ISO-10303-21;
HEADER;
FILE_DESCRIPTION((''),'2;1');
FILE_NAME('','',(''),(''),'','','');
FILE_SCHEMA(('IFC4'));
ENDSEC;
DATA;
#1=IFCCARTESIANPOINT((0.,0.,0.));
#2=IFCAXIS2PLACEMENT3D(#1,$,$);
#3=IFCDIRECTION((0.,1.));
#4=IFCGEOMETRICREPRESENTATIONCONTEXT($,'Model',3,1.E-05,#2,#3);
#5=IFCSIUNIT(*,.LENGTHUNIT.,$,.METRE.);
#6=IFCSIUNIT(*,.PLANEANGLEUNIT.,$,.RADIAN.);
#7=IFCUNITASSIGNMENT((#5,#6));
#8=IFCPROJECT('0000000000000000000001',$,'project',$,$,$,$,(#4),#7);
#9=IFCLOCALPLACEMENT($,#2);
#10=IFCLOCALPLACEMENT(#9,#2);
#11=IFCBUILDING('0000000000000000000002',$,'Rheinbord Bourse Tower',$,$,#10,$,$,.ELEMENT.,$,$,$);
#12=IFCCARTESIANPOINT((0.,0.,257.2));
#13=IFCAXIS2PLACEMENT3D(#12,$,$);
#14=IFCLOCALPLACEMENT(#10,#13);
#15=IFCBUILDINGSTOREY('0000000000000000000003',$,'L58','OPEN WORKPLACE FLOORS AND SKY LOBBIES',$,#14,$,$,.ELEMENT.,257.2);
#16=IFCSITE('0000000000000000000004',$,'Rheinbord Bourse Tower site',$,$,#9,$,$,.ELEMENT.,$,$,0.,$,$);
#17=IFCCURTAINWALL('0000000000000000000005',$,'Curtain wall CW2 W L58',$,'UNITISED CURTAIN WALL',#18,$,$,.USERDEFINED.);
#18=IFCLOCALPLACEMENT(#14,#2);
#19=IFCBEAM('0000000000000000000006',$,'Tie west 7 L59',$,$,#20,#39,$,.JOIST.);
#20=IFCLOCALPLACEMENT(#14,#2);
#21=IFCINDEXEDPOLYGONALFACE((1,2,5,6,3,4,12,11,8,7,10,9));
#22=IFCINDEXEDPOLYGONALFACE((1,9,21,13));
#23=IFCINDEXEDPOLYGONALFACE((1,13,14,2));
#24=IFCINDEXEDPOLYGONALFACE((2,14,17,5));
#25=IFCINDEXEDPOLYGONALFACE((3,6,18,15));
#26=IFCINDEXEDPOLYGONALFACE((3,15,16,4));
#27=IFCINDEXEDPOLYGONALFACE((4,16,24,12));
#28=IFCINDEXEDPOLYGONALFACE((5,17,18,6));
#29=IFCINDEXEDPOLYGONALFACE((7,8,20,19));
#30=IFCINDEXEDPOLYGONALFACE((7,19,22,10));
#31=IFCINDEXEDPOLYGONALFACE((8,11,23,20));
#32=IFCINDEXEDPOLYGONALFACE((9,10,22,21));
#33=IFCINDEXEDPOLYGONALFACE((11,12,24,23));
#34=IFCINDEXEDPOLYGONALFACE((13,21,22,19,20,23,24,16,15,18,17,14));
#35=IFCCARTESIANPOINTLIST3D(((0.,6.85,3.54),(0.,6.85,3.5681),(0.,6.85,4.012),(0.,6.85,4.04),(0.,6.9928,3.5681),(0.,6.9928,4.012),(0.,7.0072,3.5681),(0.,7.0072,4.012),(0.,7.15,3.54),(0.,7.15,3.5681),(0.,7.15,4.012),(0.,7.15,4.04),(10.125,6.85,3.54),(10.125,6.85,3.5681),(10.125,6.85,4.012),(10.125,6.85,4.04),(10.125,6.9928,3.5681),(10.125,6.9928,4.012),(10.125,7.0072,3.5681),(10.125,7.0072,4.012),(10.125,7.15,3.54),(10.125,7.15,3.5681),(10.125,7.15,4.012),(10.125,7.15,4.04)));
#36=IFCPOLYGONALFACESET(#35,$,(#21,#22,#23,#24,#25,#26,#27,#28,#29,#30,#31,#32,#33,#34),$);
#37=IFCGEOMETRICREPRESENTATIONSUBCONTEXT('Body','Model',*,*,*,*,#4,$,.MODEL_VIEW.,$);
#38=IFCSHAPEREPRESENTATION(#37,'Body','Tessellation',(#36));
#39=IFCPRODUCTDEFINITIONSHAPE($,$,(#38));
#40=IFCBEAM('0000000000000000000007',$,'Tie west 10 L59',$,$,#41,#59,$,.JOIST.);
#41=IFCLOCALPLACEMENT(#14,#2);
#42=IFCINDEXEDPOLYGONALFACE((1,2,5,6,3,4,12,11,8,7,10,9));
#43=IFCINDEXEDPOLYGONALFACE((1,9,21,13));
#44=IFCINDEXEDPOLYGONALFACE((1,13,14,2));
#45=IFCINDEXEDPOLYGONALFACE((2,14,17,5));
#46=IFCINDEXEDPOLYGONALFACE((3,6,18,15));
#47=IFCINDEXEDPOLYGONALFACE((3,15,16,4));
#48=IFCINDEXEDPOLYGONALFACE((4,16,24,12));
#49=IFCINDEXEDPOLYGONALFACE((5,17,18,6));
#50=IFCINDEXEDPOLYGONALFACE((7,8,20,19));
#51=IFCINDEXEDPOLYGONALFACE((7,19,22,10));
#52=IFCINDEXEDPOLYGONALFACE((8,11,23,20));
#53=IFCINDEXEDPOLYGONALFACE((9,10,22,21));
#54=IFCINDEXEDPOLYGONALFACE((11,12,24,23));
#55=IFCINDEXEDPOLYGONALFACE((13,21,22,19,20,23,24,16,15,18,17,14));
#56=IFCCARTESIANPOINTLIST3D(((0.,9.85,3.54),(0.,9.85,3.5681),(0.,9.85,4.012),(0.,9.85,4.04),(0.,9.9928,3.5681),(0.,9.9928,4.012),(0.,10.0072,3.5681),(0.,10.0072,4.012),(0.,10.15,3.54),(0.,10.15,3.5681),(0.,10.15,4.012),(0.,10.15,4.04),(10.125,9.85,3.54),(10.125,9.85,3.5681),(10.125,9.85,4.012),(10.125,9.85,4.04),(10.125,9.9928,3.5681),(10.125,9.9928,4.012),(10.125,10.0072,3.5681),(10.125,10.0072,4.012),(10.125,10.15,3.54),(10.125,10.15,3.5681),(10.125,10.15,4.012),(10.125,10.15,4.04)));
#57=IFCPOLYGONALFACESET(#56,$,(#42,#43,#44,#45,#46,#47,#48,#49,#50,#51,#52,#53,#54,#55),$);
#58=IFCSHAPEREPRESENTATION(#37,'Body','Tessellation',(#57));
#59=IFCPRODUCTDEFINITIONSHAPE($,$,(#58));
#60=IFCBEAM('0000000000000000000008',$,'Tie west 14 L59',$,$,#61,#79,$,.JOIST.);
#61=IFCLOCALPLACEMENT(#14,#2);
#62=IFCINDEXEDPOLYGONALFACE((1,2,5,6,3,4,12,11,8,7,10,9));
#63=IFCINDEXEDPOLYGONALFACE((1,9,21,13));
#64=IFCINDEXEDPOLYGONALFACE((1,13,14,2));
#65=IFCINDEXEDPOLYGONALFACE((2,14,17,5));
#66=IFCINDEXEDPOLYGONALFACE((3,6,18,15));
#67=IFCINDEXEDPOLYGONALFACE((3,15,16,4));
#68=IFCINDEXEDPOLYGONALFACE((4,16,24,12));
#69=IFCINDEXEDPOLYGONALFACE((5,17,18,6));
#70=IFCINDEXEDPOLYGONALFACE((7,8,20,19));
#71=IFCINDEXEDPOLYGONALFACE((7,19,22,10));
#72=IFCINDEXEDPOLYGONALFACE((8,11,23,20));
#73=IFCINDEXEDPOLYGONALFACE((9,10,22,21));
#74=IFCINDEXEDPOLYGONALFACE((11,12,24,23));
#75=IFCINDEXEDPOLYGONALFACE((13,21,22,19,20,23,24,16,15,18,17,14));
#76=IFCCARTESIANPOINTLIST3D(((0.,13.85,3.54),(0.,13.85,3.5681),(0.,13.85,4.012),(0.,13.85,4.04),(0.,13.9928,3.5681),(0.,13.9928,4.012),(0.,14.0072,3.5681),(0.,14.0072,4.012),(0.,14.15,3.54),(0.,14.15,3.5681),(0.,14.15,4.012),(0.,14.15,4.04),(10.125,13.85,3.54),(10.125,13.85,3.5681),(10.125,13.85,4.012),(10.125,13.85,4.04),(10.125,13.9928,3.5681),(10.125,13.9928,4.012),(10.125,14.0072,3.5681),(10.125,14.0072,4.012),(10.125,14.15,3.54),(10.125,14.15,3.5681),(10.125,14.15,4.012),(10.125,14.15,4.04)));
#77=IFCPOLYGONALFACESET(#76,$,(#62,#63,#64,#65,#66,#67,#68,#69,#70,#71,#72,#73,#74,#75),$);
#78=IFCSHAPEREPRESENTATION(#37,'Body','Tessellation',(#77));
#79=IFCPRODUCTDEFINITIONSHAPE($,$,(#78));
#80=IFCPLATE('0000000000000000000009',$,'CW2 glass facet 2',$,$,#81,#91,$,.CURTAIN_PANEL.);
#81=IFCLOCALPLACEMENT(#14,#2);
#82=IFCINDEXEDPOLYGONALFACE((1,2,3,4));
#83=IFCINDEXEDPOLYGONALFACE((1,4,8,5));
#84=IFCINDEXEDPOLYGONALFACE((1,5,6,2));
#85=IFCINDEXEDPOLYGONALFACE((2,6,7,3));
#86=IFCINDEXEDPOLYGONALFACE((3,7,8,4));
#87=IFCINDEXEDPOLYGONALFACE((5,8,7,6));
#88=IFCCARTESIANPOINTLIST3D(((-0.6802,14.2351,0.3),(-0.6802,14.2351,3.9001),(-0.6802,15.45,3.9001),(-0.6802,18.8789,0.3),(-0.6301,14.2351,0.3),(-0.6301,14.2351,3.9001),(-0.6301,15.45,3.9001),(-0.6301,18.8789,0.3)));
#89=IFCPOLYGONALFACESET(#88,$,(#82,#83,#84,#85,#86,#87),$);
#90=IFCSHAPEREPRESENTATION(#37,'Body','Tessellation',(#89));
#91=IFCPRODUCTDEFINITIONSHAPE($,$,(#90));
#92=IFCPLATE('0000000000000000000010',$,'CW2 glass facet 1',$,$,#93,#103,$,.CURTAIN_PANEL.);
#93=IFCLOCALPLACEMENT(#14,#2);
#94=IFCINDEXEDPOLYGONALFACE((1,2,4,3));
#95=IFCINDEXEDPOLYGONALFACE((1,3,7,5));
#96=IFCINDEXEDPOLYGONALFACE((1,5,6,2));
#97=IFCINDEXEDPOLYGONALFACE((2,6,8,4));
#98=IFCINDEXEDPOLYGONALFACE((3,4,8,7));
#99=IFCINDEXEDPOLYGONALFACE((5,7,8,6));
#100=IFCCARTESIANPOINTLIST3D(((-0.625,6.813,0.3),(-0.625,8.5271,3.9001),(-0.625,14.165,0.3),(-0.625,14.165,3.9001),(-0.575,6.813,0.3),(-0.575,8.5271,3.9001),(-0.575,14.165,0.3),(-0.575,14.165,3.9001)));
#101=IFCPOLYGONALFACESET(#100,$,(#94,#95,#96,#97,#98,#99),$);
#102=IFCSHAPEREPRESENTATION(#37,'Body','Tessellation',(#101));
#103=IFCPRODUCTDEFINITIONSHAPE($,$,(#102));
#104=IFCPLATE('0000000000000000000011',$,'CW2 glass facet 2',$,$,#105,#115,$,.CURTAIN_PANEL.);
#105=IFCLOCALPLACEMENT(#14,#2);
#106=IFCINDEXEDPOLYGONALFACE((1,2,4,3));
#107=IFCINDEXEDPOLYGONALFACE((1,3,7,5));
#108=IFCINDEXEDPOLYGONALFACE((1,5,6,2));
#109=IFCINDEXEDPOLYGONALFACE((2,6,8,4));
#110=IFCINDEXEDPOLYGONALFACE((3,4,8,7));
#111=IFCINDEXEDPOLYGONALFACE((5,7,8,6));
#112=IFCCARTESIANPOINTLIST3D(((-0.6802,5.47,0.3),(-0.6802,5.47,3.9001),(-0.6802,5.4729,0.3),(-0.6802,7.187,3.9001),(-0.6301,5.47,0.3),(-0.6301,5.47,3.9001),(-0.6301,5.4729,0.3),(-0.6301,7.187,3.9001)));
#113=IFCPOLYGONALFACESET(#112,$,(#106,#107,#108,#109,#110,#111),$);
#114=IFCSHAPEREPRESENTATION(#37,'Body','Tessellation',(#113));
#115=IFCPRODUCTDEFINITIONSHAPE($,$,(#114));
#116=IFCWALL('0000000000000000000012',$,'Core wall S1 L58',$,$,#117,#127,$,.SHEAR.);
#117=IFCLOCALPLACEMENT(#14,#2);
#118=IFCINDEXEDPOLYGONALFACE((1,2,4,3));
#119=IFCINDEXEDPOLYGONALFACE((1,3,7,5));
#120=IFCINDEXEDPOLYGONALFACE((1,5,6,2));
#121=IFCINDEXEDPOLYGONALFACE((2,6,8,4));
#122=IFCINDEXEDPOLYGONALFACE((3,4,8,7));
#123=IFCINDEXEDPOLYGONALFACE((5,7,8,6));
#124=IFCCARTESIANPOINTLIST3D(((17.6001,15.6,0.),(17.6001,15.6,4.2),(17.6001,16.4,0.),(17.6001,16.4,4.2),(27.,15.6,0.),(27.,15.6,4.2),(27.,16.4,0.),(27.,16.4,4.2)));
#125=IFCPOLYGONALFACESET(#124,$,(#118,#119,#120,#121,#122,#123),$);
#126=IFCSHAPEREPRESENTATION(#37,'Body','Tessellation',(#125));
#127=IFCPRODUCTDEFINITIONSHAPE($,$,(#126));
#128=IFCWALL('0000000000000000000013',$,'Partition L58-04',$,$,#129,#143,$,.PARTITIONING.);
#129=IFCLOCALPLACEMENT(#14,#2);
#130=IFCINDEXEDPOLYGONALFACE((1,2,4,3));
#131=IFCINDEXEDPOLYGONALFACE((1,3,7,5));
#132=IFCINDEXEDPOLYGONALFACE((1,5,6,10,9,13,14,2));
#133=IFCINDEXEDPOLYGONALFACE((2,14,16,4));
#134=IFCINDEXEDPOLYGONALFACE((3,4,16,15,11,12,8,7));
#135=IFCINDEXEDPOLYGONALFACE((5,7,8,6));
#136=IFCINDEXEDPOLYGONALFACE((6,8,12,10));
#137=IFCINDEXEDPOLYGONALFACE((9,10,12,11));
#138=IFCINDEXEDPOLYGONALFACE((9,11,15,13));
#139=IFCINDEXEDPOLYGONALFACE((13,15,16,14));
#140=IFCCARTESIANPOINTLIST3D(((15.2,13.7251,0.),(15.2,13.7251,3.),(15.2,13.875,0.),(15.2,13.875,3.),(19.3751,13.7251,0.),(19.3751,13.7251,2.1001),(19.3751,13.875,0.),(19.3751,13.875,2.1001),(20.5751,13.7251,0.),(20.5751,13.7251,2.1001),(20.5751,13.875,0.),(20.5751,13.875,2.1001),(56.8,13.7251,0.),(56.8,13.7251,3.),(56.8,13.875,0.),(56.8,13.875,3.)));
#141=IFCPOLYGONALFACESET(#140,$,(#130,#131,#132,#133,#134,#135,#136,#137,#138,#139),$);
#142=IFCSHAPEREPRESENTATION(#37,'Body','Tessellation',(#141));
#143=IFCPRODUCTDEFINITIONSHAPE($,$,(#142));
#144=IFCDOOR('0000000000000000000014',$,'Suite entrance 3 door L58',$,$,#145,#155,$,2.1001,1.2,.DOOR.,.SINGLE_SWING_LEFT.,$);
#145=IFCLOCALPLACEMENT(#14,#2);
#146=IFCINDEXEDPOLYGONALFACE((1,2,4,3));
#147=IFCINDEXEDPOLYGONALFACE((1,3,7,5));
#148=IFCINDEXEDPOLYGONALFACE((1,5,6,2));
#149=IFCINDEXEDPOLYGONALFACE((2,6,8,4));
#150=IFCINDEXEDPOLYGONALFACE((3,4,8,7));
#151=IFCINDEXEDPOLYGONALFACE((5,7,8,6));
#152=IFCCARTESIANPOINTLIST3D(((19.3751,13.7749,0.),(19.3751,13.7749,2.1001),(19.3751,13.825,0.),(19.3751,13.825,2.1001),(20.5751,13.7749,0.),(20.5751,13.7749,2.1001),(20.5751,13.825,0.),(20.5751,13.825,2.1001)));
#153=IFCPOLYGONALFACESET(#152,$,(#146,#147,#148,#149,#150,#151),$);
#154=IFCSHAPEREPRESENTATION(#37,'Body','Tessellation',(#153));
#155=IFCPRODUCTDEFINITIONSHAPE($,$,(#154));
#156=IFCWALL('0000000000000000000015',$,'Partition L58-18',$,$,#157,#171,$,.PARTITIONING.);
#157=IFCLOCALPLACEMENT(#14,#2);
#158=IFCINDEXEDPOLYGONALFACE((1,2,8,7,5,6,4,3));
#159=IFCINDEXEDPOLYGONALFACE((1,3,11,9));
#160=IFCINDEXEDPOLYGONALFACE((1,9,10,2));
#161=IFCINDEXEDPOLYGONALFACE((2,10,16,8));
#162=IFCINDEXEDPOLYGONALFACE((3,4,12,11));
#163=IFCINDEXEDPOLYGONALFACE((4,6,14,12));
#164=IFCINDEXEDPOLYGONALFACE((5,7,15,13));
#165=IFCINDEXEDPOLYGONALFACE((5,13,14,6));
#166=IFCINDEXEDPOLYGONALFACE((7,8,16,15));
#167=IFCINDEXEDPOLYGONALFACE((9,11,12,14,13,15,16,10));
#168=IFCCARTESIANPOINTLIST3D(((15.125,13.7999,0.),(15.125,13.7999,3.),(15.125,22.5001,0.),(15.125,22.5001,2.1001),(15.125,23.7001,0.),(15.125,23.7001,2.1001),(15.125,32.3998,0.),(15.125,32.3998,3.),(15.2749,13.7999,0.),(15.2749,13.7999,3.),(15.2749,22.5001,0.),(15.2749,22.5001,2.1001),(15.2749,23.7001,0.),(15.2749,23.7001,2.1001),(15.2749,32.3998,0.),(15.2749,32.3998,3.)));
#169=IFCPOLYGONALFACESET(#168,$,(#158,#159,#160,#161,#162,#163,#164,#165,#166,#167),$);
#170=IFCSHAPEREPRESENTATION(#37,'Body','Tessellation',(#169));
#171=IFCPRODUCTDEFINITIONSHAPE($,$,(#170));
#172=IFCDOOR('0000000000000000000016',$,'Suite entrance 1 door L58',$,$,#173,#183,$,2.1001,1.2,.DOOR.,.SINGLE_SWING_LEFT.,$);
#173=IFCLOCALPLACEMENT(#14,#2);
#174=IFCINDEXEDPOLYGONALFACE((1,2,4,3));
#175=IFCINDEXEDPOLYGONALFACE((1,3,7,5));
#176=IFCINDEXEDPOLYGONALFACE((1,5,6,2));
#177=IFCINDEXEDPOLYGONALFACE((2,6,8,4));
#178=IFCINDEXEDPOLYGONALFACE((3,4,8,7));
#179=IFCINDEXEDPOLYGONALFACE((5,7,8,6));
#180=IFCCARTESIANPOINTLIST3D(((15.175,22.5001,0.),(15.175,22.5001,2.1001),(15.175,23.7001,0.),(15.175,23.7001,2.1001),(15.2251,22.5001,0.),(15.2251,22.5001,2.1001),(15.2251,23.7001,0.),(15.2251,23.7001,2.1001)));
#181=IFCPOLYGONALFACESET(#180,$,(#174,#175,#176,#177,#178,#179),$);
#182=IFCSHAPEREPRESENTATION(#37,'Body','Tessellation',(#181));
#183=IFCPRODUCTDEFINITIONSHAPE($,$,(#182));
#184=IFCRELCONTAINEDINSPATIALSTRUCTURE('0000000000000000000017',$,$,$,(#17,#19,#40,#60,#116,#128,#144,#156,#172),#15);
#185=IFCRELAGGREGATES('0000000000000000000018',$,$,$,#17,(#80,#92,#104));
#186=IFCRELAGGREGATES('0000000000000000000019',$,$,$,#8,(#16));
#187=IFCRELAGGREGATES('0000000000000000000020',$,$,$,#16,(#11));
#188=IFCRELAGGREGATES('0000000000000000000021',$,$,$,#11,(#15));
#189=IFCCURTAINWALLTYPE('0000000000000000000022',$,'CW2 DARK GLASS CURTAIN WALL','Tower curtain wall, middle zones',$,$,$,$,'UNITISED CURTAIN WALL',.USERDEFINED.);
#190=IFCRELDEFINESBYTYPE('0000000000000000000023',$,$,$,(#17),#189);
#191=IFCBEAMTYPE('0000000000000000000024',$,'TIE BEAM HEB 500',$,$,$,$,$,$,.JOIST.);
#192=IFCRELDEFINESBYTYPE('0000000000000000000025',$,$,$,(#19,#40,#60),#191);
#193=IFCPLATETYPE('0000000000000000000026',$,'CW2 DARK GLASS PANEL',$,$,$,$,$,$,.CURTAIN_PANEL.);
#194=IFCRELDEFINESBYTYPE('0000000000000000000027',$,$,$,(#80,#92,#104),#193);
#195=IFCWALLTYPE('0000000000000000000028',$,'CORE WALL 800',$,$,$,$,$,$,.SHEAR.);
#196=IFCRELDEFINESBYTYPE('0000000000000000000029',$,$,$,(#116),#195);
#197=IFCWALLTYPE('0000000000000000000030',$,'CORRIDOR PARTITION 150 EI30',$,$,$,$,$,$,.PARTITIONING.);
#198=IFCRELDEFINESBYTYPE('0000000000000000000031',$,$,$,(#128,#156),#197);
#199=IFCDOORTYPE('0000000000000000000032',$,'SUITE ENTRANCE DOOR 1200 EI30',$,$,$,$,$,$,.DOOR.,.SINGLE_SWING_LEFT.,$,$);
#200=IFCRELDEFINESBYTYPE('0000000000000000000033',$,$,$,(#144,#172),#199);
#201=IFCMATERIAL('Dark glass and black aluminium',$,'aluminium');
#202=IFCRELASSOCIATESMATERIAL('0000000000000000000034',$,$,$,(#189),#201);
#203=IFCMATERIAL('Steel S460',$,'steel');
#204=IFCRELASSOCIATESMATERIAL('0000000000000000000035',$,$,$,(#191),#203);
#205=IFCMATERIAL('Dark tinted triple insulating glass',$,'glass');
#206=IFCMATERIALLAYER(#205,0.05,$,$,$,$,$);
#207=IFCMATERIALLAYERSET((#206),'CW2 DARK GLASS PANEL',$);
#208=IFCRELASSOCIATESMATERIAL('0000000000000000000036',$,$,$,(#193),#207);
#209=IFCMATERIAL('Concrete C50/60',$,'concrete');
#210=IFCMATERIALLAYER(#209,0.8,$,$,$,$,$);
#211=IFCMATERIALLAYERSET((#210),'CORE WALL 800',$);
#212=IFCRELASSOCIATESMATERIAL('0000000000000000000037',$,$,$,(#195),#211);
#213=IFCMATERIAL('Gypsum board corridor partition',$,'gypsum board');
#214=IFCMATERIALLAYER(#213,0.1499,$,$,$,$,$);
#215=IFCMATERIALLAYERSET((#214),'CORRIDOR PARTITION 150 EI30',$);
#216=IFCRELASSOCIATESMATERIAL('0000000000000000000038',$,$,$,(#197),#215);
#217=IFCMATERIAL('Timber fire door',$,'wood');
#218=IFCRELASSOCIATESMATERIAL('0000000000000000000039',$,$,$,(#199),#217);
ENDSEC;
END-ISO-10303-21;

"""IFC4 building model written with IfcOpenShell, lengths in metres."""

from ifc_helpers import new_model, si_unit, direction, frame, frame_2d, origin, origin_2d, place, context, subcontext, project, spatial, polyline, rectangle, i_section, outline, extrude, material, layer, layer_set, material_profile, profile_set, type_object, element, fill, aggregate, save


model = new_model("IFC4")

# Units and contexts
model_context = context("Model", 3, precision=1e-05, world=origin(), true_north=direction((0.0, 1.0)))
body_context = subcontext(model_context, "Body", "Model", "MODEL_VIEW")
ifc_project = project(units=[si_unit("LENGTHUNIT", "METRE"), si_unit("PLANEANGLEUNIT", "RADIAN")], contexts=[model_context])

# Site, building, storey
site_placement = place(None, origin())
site = spatial("IfcSite", under=ifc_project, at=site_placement, Name="Rheinbord Bourse Tower site", CompositionType="ELEMENT", RefElevation=0.0)
building_placement = place(site_placement, origin())
building = spatial("IfcBuilding", under=site, at=building_placement, Name="Rheinbord Bourse Tower", CompositionType="ELEMENT")
storey_placement = place(building_placement, frame((0.0, 0.0, 257.2)))
storey = spatial("IfcBuildingStorey", under=building, at=storey_placement, Name="L58", Description="OPEN WORKPLACE FLOORS AND SKY LOBBIES", CompositionType="ELEMENT", Elevation=257.2)

# Curtain wall
ifc_material_1 = material(Name="Dark glass and black aluminium", Category="aluminium")
curtain_wall_type = type_object("IfcCurtainWallType", Name="CW2 DARK GLASS CURTAIN WALL", Description="Tower curtain wall, middle zones", ElementType="UNITISED CURTAIN WALL", PredefinedType="USERDEFINED", material=ifc_material_1)
curtain_wall_placement = place(storey_placement, origin())
curtain_wall = element("IfcCurtainWall", 1, at=curtain_wall_placement, inside=storey, type_object=curtain_wall_type, Name="Curtain wall CW2 W L58", ObjectType="UNITISED CURTAIN WALL", PredefinedType="USERDEFINED")

# Beams
ifc_material_2 = material(Name="Steel S460", Category="steel")
ifc_material_profile_1 = material_profile(ifc_material_2, i_section(OverallWidth=0.3, OverallDepth=0.5, WebThickness=0.0144, FlangeThickness=0.0281, at=origin_2d()), Name="HEB 500")
ifc_profile_set_1 = profile_set([ifc_material_profile_1], Name="Steel S460")
beam_type_1 = type_object("IfcBeamType", Name="TIE BEAM HEB 500", PredefinedType="JOIST", material=ifc_profile_set_1)
for number, where, z_axis, x_axis, name in (
    (2, (0.0, 7.0, 3.79), (1.0, 0.0, 0.0), (0.0, 1.0, 0.0), "Tie west 7 L59"),
    (3, (0.0, 10.0, 3.79), (1.0, 0.0, 0.0), (0.0, 1.0, 0.0), "Tie west 10 L59"),
    (4, (0.0, 14.0, 3.79), (1.0, 0.0, 0.0), (0.0, 1.0, 0.0), "Tie west 14 L59"),
):
    element("IfcBeam", number, at=place(storey_placement, frame(where, z_axis=z_axis, x_axis=x_axis)), inside=storey, type_object=beam_type_1, Name=name, PredefinedType="JOIST", context=body_context, shape_type="SweptSolid", body=[
        extrude(i_section(OverallWidth=0.3, OverallDepth=0.5, WebThickness=0.0144, FlangeThickness=0.0281, at=origin_2d()), origin(), (0.0, 0.0, 1.0), 10.125),
    ])

# Plates
ifc_material_3 = material(Name="Dark tinted triple insulating glass", Category="glass")
ifc_layer_1 = layer(ifc_material_3, 0.05)
ifc_layer_set_1 = layer_set([ifc_layer_1], Name="CW2 DARK GLASS PANEL")
plate_type = type_object("IfcPlateType", Name="CW2 DARK GLASS PANEL", PredefinedType="CURTAIN_PANEL", material=ifc_layer_set_1)
plate_1_placement = place(storey_placement, frame((-0.6802, 14.2351, 3.9001), z_axis=(1.0, 0.0, 0.0), x_axis=(0.0, 0.0, -1.0)))
plate_1 = element("IfcPlate", 5, at=plate_1_placement, type_object=plate_type, Name="CW2 glass facet 2", PredefinedType="CURTAIN_PANEL", context=body_context, shape_type="SweptSolid", body=[
    extrude(outline(polyline([(0.0, 0.0), (3.6001, 0.0), (3.6001, 4.6438), (0.0, 1.2148), (0.0, 0.0)])), origin(), (0.0, 0.0, 1.0), 0.05),
])
plate_2_placement = place(storey_placement, frame((-0.625, 14.165, 0.3), z_axis=(1.0, 0.0, 0.0), x_axis=(0.0, 0.0, 1.0)))
plate_2 = element("IfcPlate", 6, at=plate_2_placement, type_object=plate_type, Name="CW2 glass facet 1", PredefinedType="CURTAIN_PANEL", context=body_context, shape_type="SweptSolid", body=[
    extrude(outline(polyline([(0.0, 0.0), (3.6001, 0.0), (3.6001, 5.6379), (0.0, 7.3521), (0.0, 0.0)])), origin(), (0.0, 0.0, 1.0), 0.05),
])
plate_3_placement = place(storey_placement, frame((-0.6802, 5.47, 3.9001), z_axis=(1.0, 0.0, 0.0), x_axis=(0.0, 0.0, -1.0)))
plate_3 = element("IfcPlate", 7, at=plate_3_placement, type_object=plate_type, Name="CW2 glass facet 2", PredefinedType="CURTAIN_PANEL", context=body_context, shape_type="SweptSolid", body=[
    extrude(outline(polyline([(0.0, 0.0), (3.6001, 0.0), (3.6001, 0.0029), (0.0, 1.717), (0.0, 0.0)])), origin(), (0.0, 0.0, 1.0), 0.05),
])
aggregate(curtain_wall, [plate_1, plate_2, plate_3])

# Wall
ifc_material_4 = material(Name="Concrete C50/60", Category="concrete")
ifc_layer_2 = layer(ifc_material_4, 0.8)
ifc_layer_set_2 = layer_set([ifc_layer_2], Name="CORE WALL 800")
wall_type_1 = type_object("IfcWallType", Name="CORE WALL 800", PredefinedType="SHEAR", material=ifc_layer_set_2)
wall_1_placement = place(storey_placement, frame((17.6001, 16.0, 0.0), z_axis=(0.0, 0.0, 1.0), x_axis=(1.0, 0.0, 0.0)))
element("IfcWall", 8, at=wall_1_placement, inside=storey, type_object=wall_type_1, Name="Core wall S1 L58", PredefinedType="SHEAR", context=body_context, shape_type="SweptSolid", body=[
    extrude(rectangle(XDim=9.3999, YDim=0.8, at=frame_2d((4.7, 0.0))), origin(), (0.0, 0.0, 1.0), 4.2),
])

# Walls, openings, doors
ifc_material_5 = material(Name="Gypsum board corridor partition", Category="gypsum board")
ifc_layer_3 = layer(ifc_material_5, 0.1499)
ifc_layer_set_3 = layer_set([ifc_layer_3], Name="CORRIDOR PARTITION 150 EI30")
wall_type_2 = type_object("IfcWallType", Name="CORRIDOR PARTITION 150 EI30", PredefinedType="PARTITIONING", material=ifc_layer_set_3)
wall_2_placement = place(storey_placement, frame((15.2, 13.8, 0.0), z_axis=(0.0, 0.0, 1.0), x_axis=(1.0, 0.0, 0.0)))
wall_2 = element("IfcWall", 9, at=wall_2_placement, inside=storey, type_object=wall_type_2, Name="Partition L58-04", PredefinedType="PARTITIONING", context=body_context, shape_type="SweptSolid", body=[
    extrude(rectangle(XDim=41.6001, YDim=0.1499, at=frame_2d((20.8, 0.0))), origin(), (0.0, 0.0, 1.0), 3.0),
])
opening_1_placement = place(wall_2_placement, frame((4.175, 0.0, 0.0)))
opening_1 = element("IfcOpeningElement", 10, at=opening_1_placement, cuts=wall_2, PredefinedType="OPENING", context=body_context, shape_type="SweptSolid", body=[
    extrude(rectangle(XDim=1.2, YDim=2.1001, at=frame_2d((0.6001, 1.05))), frame((0.0, 0.085, 0.0), z_axis=(0.0, -1.0, 0.0), x_axis=(1.0, 0.0, 0.0)), (0.0, 0.0, 1.0), 0.1699),
])
ifc_material_6 = material(Name="Timber fire door", Category="wood")
door_type = type_object("IfcDoorType", Name="SUITE ENTRANCE DOOR 1200 EI30", OperationType="SINGLE_SWING_LEFT", PredefinedType="DOOR", material=ifc_material_6)
door_1_placement = place(opening_1_placement, origin())
door_1 = element("IfcDoor", 11, at=door_1_placement, inside=storey, type_object=door_type, Name="Suite entrance 3 door L58", OperationType="SINGLE_SWING_LEFT", OverallHeight=2.1001, OverallWidth=1.2, PredefinedType="DOOR", context=body_context, shape_type="SweptSolid", body=[
    extrude(rectangle(XDim=1.2, YDim=2.1001, at=frame_2d((0.6001, 1.05))), frame((0.0, 0.0249, 0.0), z_axis=(0.0, -1.0, 0.0), x_axis=(1.0, 0.0, 0.0)), (0.0, 0.0, 1.0), 0.05),
])
fill(opening_1, door_1)
wall_3_placement = place(storey_placement, frame((15.2, 13.8, 0.0), z_axis=(0.0, 0.0, 1.0), x_axis=(0.0, 1.0, 0.0)))
wall_3 = element("IfcWall", 12, at=wall_3_placement, inside=storey, type_object=wall_type_2, Name="Partition L58-18", PredefinedType="PARTITIONING", context=body_context, shape_type="SweptSolid", body=[
    extrude(rectangle(XDim=18.5999, YDim=0.1499, at=frame_2d((9.2998, 0.0))), origin(), (0.0, 0.0, 1.0), 3.0),
])
opening_2_placement = place(wall_3_placement, frame((8.7, 0.0, 0.0)))
opening_2 = element("IfcOpeningElement", 13, at=opening_2_placement, cuts=wall_3, PredefinedType="OPENING", context=body_context, shape_type="SweptSolid", body=[
    extrude(rectangle(XDim=1.2, YDim=2.1001, at=frame_2d((0.6001, 1.05))), frame((0.0, 0.085, 0.0), z_axis=(0.0, -1.0, 0.0), x_axis=(1.0, 0.0, 0.0)), (0.0, 0.0, 1.0), 0.1699),
])
door_2_placement = place(opening_2_placement, origin())
door_2 = element("IfcDoor", 14, at=door_2_placement, inside=storey, type_object=door_type, Name="Suite entrance 1 door L58", OperationType="SINGLE_SWING_LEFT", OverallHeight=2.1001, OverallWidth=1.2, PredefinedType="DOOR", context=body_context, shape_type="SweptSolid", body=[
    extrude(rectangle(XDim=1.2, YDim=2.1001, at=frame_2d((0.6001, 1.05))), frame((0.0, 0.0249, 0.0), z_axis=(0.0, -1.0, 0.0), x_axis=(1.0, 0.0, 0.0)), (0.0, 0.0, 1.0), 0.05),
])
fill(opening_2, door_2)

save(model, "model.ifc")
